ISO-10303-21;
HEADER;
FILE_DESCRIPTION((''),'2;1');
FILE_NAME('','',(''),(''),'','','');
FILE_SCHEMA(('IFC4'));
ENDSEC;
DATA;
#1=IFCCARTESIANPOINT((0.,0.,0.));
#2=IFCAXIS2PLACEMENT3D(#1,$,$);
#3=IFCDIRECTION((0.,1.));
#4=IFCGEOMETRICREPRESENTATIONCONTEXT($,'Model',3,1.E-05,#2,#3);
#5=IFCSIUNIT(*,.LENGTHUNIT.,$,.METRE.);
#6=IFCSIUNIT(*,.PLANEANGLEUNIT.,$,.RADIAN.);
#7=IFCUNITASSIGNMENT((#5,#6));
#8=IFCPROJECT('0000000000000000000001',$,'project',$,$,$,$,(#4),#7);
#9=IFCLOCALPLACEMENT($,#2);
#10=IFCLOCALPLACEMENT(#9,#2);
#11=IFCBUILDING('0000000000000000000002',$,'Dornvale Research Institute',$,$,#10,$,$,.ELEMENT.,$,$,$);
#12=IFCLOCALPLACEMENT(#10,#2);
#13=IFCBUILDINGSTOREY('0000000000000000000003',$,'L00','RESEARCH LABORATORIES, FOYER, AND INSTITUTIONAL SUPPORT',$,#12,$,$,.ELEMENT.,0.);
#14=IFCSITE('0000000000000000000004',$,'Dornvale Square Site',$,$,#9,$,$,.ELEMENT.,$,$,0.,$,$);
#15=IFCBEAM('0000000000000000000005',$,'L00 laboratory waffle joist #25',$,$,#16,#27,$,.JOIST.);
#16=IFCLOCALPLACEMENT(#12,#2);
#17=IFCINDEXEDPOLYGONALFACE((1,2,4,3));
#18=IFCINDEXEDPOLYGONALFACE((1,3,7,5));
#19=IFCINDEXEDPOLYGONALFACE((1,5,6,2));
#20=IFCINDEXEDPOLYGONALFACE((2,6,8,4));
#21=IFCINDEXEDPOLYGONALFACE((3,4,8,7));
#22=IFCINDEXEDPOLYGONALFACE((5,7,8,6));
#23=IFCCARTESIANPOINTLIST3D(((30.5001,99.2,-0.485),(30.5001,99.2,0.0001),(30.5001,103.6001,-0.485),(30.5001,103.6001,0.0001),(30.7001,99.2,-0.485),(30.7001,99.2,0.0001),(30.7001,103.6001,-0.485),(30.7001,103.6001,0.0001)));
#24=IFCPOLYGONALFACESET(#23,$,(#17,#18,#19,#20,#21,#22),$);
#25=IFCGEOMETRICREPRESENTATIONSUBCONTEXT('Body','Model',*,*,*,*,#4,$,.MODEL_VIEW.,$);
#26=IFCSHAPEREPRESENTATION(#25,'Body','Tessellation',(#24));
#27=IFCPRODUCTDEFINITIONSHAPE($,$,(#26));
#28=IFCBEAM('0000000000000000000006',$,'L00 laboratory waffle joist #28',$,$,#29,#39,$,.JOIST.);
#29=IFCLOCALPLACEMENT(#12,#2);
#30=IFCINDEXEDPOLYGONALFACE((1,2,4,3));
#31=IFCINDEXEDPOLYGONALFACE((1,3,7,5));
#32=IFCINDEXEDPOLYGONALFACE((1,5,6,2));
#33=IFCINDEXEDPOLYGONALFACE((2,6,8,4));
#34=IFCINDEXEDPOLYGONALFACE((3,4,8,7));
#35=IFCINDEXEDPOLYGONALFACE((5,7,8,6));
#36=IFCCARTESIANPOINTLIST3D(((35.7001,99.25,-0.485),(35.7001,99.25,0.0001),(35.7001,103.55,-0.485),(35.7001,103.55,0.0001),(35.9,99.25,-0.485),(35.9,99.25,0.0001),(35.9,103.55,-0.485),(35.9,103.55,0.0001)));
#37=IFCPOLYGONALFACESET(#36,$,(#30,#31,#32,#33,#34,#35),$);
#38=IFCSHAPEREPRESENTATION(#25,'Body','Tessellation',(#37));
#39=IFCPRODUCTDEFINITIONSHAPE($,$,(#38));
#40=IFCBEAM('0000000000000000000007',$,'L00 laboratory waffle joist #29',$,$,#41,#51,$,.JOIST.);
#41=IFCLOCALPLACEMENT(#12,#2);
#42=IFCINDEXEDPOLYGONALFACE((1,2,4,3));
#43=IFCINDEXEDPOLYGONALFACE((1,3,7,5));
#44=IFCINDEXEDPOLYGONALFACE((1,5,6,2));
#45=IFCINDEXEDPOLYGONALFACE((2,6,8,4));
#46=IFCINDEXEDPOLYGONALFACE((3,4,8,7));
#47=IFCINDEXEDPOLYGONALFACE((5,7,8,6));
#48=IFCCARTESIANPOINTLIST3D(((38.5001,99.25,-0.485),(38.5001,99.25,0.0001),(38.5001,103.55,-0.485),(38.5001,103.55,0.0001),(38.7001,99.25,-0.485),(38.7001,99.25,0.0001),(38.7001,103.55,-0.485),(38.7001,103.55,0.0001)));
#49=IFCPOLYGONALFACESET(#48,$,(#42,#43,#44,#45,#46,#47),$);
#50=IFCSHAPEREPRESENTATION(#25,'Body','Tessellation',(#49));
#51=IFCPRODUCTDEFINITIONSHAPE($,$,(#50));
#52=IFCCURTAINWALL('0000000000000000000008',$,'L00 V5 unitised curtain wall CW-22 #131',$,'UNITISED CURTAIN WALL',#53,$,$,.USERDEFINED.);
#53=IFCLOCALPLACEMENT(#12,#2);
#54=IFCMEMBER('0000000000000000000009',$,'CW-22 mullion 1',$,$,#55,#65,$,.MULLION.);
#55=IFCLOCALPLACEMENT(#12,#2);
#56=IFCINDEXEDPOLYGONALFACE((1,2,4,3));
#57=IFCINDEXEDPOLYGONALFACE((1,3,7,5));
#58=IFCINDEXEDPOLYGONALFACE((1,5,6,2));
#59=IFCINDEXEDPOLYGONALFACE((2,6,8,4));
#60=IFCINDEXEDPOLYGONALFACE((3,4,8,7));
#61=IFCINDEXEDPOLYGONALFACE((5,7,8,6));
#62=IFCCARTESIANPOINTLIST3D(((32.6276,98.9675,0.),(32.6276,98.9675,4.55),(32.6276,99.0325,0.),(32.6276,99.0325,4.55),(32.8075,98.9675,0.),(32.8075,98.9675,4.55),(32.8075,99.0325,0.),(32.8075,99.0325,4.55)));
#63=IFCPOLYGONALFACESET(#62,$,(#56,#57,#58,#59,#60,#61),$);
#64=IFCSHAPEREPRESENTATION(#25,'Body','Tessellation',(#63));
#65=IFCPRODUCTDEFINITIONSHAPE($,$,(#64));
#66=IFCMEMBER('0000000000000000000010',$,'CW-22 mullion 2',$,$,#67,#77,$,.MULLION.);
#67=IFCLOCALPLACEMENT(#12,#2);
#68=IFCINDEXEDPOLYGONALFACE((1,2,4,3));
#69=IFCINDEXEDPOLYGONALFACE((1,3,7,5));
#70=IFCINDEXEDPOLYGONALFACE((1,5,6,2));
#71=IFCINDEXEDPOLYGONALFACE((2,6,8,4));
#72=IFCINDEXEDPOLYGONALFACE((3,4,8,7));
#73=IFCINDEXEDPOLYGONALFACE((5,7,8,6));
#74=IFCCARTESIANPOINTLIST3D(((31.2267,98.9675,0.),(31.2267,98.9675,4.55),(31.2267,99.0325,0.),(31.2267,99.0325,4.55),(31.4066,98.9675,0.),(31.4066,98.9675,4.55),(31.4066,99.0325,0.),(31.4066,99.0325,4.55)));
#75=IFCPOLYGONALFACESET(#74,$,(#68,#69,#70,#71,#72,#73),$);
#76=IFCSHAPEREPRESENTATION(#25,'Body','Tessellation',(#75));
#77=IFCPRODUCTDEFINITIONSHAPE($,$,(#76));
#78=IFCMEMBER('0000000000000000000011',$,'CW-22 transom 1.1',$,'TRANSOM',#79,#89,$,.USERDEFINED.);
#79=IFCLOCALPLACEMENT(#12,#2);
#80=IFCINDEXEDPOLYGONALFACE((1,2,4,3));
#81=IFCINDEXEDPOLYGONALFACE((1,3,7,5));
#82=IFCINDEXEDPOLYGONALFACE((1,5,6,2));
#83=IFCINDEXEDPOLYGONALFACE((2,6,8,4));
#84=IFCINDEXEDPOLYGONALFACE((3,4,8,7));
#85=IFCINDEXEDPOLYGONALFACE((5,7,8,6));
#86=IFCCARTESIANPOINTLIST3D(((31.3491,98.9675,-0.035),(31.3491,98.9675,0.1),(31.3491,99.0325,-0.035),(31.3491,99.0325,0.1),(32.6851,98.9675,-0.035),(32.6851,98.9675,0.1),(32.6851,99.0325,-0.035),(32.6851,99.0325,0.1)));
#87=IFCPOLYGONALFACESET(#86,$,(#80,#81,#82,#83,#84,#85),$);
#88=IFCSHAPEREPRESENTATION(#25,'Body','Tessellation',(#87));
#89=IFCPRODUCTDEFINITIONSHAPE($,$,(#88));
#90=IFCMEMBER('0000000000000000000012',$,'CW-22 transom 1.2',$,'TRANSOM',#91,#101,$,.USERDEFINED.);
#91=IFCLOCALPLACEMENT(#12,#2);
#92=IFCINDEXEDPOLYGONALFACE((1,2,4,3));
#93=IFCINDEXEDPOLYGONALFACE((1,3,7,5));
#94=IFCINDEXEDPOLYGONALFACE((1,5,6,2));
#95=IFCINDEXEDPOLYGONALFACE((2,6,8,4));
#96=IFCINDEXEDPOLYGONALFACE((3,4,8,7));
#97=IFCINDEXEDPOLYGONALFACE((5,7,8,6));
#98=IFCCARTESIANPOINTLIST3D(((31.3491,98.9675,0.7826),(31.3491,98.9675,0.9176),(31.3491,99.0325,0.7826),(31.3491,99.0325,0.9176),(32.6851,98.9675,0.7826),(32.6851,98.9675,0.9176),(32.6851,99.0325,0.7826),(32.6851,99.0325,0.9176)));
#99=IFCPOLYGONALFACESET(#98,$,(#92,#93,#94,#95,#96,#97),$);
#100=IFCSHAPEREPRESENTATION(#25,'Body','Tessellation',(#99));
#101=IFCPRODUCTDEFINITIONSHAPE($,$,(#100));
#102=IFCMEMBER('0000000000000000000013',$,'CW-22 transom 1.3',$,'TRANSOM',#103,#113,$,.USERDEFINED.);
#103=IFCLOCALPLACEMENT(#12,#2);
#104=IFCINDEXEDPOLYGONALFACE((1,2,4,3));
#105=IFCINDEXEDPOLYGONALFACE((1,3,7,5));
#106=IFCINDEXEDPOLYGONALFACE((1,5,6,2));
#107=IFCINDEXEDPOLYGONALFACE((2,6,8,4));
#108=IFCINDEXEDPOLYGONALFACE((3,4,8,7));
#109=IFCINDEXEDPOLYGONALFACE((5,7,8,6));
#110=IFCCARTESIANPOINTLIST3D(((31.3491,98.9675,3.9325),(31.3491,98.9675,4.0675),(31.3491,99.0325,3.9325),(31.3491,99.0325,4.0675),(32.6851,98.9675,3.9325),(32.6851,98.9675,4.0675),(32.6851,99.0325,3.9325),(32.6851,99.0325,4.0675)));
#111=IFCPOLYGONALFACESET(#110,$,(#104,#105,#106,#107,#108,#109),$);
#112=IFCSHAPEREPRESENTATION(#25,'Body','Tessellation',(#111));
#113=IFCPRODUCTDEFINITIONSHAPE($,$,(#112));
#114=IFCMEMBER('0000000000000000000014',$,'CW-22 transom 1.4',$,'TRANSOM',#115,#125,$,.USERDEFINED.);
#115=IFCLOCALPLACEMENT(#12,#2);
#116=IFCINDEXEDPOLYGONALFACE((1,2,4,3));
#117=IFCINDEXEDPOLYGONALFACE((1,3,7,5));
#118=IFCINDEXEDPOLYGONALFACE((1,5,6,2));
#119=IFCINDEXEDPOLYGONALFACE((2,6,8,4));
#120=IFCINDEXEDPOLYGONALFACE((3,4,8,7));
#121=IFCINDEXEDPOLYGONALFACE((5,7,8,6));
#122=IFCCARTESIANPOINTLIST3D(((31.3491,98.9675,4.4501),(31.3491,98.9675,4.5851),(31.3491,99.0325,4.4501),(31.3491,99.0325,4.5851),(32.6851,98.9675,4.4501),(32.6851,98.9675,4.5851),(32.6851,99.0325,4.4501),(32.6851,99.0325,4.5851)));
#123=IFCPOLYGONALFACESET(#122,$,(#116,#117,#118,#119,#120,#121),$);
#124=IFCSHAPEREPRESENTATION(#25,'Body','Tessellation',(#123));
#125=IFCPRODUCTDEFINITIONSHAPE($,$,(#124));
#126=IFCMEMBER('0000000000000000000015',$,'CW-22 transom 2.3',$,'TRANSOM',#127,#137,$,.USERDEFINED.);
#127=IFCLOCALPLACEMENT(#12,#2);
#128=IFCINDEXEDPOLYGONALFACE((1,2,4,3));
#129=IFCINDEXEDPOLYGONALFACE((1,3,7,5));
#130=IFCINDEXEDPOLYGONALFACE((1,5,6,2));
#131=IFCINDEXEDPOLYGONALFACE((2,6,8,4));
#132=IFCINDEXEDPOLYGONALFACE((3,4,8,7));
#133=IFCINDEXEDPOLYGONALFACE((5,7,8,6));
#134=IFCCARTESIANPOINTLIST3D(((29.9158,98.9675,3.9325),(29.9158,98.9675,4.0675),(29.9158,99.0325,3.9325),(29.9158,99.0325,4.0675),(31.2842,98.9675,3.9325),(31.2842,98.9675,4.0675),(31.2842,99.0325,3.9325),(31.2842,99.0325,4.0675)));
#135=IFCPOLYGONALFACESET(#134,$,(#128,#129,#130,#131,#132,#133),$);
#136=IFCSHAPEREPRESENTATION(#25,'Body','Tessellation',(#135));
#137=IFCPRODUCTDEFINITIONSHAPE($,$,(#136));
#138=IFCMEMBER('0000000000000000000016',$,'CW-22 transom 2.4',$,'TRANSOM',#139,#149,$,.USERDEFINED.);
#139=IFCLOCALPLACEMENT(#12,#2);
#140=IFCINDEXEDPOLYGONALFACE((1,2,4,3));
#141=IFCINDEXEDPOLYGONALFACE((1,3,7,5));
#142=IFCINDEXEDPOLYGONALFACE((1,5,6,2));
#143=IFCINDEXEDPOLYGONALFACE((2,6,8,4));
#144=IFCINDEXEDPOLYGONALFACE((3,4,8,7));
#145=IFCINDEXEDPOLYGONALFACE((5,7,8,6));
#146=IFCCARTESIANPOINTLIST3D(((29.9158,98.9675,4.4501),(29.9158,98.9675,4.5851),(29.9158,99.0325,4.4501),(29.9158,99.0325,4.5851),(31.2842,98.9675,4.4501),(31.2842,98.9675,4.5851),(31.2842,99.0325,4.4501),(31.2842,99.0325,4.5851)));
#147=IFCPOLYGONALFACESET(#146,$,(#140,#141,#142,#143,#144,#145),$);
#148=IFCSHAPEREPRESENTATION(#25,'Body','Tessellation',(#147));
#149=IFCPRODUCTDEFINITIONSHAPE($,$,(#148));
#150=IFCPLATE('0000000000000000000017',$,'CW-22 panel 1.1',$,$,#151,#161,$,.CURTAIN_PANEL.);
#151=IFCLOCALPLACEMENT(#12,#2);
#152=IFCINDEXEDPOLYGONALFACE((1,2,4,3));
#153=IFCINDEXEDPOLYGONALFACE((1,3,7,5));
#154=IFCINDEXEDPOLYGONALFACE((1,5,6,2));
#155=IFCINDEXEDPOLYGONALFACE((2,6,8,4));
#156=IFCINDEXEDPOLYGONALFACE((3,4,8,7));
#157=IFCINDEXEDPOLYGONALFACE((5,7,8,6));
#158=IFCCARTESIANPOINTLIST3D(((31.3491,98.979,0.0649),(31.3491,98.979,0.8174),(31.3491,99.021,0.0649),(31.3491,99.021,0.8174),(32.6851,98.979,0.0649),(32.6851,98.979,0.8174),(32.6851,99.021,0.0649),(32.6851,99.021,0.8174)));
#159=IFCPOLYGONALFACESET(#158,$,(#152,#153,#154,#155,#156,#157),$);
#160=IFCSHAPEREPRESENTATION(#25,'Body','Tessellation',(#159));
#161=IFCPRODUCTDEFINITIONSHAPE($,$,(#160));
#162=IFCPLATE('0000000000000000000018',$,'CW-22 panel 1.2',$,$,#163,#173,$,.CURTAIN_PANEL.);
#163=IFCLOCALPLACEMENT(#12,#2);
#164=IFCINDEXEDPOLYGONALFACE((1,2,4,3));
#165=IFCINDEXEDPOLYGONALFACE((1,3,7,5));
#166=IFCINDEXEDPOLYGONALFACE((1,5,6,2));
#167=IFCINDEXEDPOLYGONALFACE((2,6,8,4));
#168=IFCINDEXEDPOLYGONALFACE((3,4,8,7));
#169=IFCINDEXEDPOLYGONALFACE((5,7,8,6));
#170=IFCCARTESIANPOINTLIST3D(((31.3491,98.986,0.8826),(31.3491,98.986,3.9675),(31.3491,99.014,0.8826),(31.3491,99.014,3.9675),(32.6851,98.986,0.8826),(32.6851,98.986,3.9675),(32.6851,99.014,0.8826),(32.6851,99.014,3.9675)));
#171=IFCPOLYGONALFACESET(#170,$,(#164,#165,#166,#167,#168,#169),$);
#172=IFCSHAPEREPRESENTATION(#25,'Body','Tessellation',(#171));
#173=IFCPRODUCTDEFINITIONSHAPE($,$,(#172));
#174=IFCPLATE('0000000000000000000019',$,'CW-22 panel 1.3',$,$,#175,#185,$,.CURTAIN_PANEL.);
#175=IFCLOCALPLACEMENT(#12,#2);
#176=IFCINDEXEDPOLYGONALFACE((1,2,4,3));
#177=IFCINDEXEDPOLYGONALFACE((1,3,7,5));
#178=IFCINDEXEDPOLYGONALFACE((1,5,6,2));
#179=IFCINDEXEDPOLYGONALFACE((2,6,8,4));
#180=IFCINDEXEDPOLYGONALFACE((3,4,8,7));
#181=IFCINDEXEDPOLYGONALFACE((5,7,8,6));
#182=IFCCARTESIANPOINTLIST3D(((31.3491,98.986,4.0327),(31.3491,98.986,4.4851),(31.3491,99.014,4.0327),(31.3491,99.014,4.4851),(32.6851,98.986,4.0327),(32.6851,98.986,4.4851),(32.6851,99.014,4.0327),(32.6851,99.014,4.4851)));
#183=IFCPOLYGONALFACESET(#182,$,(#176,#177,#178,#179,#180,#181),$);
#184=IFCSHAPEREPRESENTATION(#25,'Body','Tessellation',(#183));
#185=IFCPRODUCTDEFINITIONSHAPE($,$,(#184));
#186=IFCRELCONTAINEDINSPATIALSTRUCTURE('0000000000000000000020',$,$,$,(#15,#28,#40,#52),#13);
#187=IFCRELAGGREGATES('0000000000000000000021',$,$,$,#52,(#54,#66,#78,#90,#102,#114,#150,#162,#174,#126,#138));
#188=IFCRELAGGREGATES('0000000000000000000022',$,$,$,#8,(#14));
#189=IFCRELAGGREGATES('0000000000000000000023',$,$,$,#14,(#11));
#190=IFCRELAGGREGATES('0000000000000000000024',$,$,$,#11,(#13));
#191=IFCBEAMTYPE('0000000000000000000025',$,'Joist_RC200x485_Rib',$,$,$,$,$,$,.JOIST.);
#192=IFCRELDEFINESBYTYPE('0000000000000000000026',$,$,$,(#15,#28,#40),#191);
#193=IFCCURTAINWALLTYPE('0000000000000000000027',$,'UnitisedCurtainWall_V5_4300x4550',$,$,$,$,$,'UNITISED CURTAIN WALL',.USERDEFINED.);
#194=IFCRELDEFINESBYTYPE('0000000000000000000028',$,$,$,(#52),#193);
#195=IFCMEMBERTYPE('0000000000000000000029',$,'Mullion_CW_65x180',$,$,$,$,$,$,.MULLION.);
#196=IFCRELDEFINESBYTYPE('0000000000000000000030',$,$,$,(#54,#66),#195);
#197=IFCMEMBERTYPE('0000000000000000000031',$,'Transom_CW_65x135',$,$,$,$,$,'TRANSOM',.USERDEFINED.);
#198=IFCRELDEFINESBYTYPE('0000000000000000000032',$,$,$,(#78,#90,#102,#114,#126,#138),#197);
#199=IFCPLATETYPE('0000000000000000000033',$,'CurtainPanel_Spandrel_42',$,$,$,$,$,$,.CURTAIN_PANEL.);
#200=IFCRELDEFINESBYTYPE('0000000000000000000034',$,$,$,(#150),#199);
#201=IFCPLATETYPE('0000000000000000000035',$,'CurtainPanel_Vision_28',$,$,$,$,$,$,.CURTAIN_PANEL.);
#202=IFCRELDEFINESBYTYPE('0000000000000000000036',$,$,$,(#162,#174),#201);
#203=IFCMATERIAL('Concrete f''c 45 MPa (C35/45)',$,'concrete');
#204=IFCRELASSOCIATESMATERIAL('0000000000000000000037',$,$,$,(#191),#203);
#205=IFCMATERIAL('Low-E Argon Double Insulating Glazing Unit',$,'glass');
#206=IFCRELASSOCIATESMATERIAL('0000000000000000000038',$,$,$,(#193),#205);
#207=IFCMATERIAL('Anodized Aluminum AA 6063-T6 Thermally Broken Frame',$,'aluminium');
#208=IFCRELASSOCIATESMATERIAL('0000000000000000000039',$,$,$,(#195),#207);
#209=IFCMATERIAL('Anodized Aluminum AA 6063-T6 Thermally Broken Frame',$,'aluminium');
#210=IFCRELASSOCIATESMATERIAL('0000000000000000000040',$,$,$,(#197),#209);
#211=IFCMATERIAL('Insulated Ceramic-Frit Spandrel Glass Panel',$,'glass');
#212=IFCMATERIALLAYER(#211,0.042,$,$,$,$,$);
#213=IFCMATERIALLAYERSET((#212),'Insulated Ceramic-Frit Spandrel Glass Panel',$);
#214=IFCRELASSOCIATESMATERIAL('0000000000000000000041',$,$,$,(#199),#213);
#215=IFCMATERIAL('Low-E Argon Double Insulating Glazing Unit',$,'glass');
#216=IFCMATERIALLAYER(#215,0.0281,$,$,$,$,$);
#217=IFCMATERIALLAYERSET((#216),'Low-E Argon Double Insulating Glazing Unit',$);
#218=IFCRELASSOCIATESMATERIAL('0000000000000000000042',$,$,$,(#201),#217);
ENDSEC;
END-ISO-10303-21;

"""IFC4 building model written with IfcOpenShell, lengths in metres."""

from ifc_helpers import new_model, si_unit, direction, frame, origin, origin_2d, place, context, subcontext, project, spatial, rectangle, extrude, material, layer, layer_set, material_profile, profile_set, type_object, element, aggregate, save


model = new_model("IFC4")

# Units and contexts
model_context = context("Model", 3, precision=1e-05, world=origin(), true_north=direction((0.0, 1.0)))
body_context = subcontext(model_context, "Body", "Model", "MODEL_VIEW")
ifc_project = project(units=[si_unit("LENGTHUNIT", "METRE"), si_unit("PLANEANGLEUNIT", "RADIAN")], contexts=[model_context])

# Site, building, storey
site_placement = place(None, origin())
site = spatial("IfcSite", under=ifc_project, at=site_placement, Name="Dornvale Square Site", CompositionType="ELEMENT", RefElevation=0.0)
building_placement = place(site_placement, origin())
building = spatial("IfcBuilding", under=site, at=building_placement, Name="Dornvale Research Institute", CompositionType="ELEMENT")
storey_placement = place(building_placement, origin())
storey = spatial("IfcBuildingStorey", under=building, at=storey_placement, Name="L00", Description="RESEARCH LABORATORIES, FOYER, AND INSTITUTIONAL SUPPORT", CompositionType="ELEMENT", Elevation=0.0)

# Beams
ifc_material_1 = material(Name="Concrete f'c 45 MPa (C35/45)", Category="concrete")
ifc_material_profile_1 = material_profile(ifc_material_1, rectangle(XDim=0.2, YDim=0.4851, at=origin_2d()), Name="RC 200x485")
ifc_profile_set_1 = profile_set([ifc_material_profile_1], Name="Concrete f'c 45 MPa (C35/45)")
beam_type_1 = type_object("IfcBeamType", Name="Joist_RC200x485_Rib", PredefinedType="JOIST", material=ifc_profile_set_1)
beam_1_placement = place(storey_placement, frame((30.6001, 99.2, -0.2424), z_axis=(0.0, 1.0, 0.0), x_axis=(-1.0, 0.0, 0.0)))
element("IfcBeam", 1, at=beam_1_placement, inside=storey, type_object=beam_type_1, Name="L00 laboratory waffle joist #25", PredefinedType="JOIST", context=body_context, shape_type="SweptSolid", body=[
    extrude(rectangle(XDim=0.2, YDim=0.4851, at=origin_2d()), origin(), (0.0, 0.0, 1.0), 4.4001),
])
for number, where, z_axis, x_axis, name in (
    (2, (35.8, 99.25, -0.2424), (0.0, 1.0, 0.0), (-1.0, 0.0, 0.0), "L00 laboratory waffle joist #28"),
    (3, (38.6001, 99.25, -0.2424), (0.0, 1.0, 0.0), (-1.0, 0.0, 0.0), "L00 laboratory waffle joist #29"),
):
    element("IfcBeam", number, at=place(storey_placement, frame(where, z_axis=z_axis, x_axis=x_axis)), inside=storey, type_object=beam_type_1, Name=name, PredefinedType="JOIST", context=body_context, shape_type="SweptSolid", body=[
        extrude(rectangle(XDim=0.2, YDim=0.4851, at=origin_2d()), origin(), (0.0, 0.0, 1.0), 4.3),
    ])

# Curtain wall, members, plates
ifc_material_2 = material(Name="Low-E Argon Double Insulating Glazing Unit", Category="glass")
curtain_wall_type = type_object("IfcCurtainWallType", Name="UnitisedCurtainWall_V5_4300x4550", ElementType="UNITISED CURTAIN WALL", PredefinedType="USERDEFINED", material=ifc_material_2)
curtain_wall_placement = place(storey_placement, origin())
curtain_wall = element("IfcCurtainWall", 4, at=curtain_wall_placement, inside=storey, type_object=curtain_wall_type, Name="L00 V5 unitised curtain wall CW-22 #131", ObjectType="UNITISED CURTAIN WALL", PredefinedType="USERDEFINED")
ifc_material_3 = material(Name="Anodized Aluminum AA 6063-T6 Thermally Broken Frame", Category="aluminium")
ifc_material_profile_2 = material_profile(ifc_material_3, rectangle(XDim=0.0649, YDim=0.1799, at=origin_2d()), Name="ALU MULLION 65x180")
ifc_profile_set_2 = profile_set([ifc_material_profile_2], Name="Anodized Aluminum AA 6063-T6 Thermally Broken Frame")
member_type_1 = type_object("IfcMemberType", Name="Mullion_CW_65x180", PredefinedType="MULLION", material=ifc_profile_set_2)
member_1_placement = place(storey_placement, frame((32.7175, 99.0, 0.0), z_axis=(0.0, 0.0, 1.0), x_axis=(0.0, -1.0, 0.0)))
member_1 = element("IfcMember", 5, at=member_1_placement, type_object=member_type_1, Name="CW-22 mullion 1", PredefinedType="MULLION", context=body_context, shape_type="SweptSolid", body=[
    extrude(rectangle(XDim=0.0649, YDim=0.1799, at=origin_2d()), origin(), (0.0, 0.0, 1.0), 4.55),
])
member_2_placement = place(storey_placement, frame((31.3167, 99.0, 0.0), z_axis=(0.0, 0.0, 1.0), x_axis=(0.0, -1.0, 0.0)))
member_2 = element("IfcMember", 6, at=member_2_placement, type_object=member_type_1, Name="CW-22 mullion 2", PredefinedType="MULLION", context=body_context, shape_type="SweptSolid", body=[
    extrude(rectangle(XDim=0.0649, YDim=0.1799, at=origin_2d()), origin(), (0.0, 0.0, 1.0), 4.55),
])
ifc_material_4 = material(Name="Anodized Aluminum AA 6063-T6 Thermally Broken Frame", Category="aluminium")
ifc_material_profile_3 = material_profile(ifc_material_4, rectangle(XDim=0.0649, YDim=0.135, at=origin_2d()), Name="ALU TRANSOM 65x135")
ifc_profile_set_3 = profile_set([ifc_material_profile_3], Name="Anodized Aluminum AA 6063-T6 Thermally Broken Frame")
member_type_2 = type_object("IfcMemberType", Name="Transom_CW_65x135", ElementType="TRANSOM", PredefinedType="USERDEFINED", material=ifc_profile_set_3)
member_3_placement = place(storey_placement, frame((32.6851, 99.0, 0.0325), z_axis=(-1.0, 0.0, 0.0), x_axis=(0.0, -1.0, 0.0)))
member_3 = element("IfcMember", 7, at=member_3_placement, type_object=member_type_2, Name="CW-22 transom 1.1", ObjectType="TRANSOM", PredefinedType="USERDEFINED", context=body_context, shape_type="SweptSolid", body=[
    extrude(rectangle(XDim=0.0649, YDim=0.135, at=origin_2d()), origin(), (0.0, 0.0, 1.0), 1.3359),
])
member_4_placement = place(storey_placement, frame((32.6851, 99.0, 0.8501), z_axis=(-1.0, 0.0, 0.0), x_axis=(0.0, -1.0, 0.0)))
member_4 = element("IfcMember", 8, at=member_4_placement, type_object=member_type_2, Name="CW-22 transom 1.2", ObjectType="TRANSOM", PredefinedType="USERDEFINED", context=body_context, shape_type="SweptSolid", body=[
    extrude(rectangle(XDim=0.0649, YDim=0.135, at=origin_2d()), origin(), (0.0, 0.0, 1.0), 1.3359),
])
member_5_placement = place(storey_placement, frame((32.6851, 99.0, 4.0), z_axis=(-1.0, 0.0, 0.0), x_axis=(0.0, -1.0, 0.0)))
member_5 = element("IfcMember", 9, at=member_5_placement, type_object=member_type_2, Name="CW-22 transom 1.3", ObjectType="TRANSOM", PredefinedType="USERDEFINED", context=body_context, shape_type="SweptSolid", body=[
    extrude(rectangle(XDim=0.0649, YDim=0.135, at=origin_2d()), origin(), (0.0, 0.0, 1.0), 1.3359),
])
member_6_placement = place(storey_placement, frame((32.6851, 99.0, 4.5176), z_axis=(-1.0, 0.0, 0.0), x_axis=(0.0, -1.0, 0.0)))
member_6 = element("IfcMember", 10, at=member_6_placement, type_object=member_type_2, Name="CW-22 transom 1.4", ObjectType="TRANSOM", PredefinedType="USERDEFINED", context=body_context, shape_type="SweptSolid", body=[
    extrude(rectangle(XDim=0.0649, YDim=0.135, at=origin_2d()), origin(), (0.0, 0.0, 1.0), 1.3359),
])
member_7_placement = place(storey_placement, frame((31.2842, 99.0, 4.0), z_axis=(-1.0, 0.0, 0.0), x_axis=(0.0, -1.0, 0.0)))
member_7 = element("IfcMember", 11, at=member_7_placement, type_object=member_type_2, Name="CW-22 transom 2.3", ObjectType="TRANSOM", PredefinedType="USERDEFINED", context=body_context, shape_type="SweptSolid", body=[
    extrude(rectangle(XDim=0.0649, YDim=0.135, at=origin_2d()), origin(), (0.0, 0.0, 1.0), 1.3684),
])
member_8_placement = place(storey_placement, frame((31.2842, 99.0, 4.5176), z_axis=(-1.0, 0.0, 0.0), x_axis=(0.0, -1.0, 0.0)))
member_8 = element("IfcMember", 12, at=member_8_placement, type_object=member_type_2, Name="CW-22 transom 2.4", ObjectType="TRANSOM", PredefinedType="USERDEFINED", context=body_context, shape_type="SweptSolid", body=[
    extrude(rectangle(XDim=0.0649, YDim=0.135, at=origin_2d()), origin(), (0.0, 0.0, 1.0), 1.3684),
])
ifc_material_5 = material(Name="Insulated Ceramic-Frit Spandrel Glass Panel", Category="glass")
ifc_layer_1 = layer(ifc_material_5, 0.042)
ifc_layer_set_1 = layer_set([ifc_layer_1], Name="Insulated Ceramic-Frit Spandrel Glass Panel")
plate_type_1 = type_object("IfcPlateType", Name="CurtainPanel_Spandrel_42", PredefinedType="CURTAIN_PANEL", material=ifc_layer_set_1)
plate_1_placement = place(storey_placement, frame((32.0171, 99.0, 0.0649), z_axis=(0.0, 0.0, 1.0), x_axis=(-1.0, 0.0, 0.0)))
plate_1 = element("IfcPlate", 13, at=plate_1_placement, type_object=plate_type_1, Name="CW-22 panel 1.1", PredefinedType="CURTAIN_PANEL", context=body_context, shape_type="SweptSolid", body=[
    extrude(rectangle(XDim=1.3359, YDim=0.042, at=origin_2d()), origin(), (0.0, 0.0, 1.0), 0.7524),
])
ifc_material_6 = material(Name="Low-E Argon Double Insulating Glazing Unit", Category="glass")
ifc_layer_2 = layer(ifc_material_6, 0.0281)
ifc_layer_set_2 = layer_set([ifc_layer_2], Name="Low-E Argon Double Insulating Glazing Unit")
plate_type_2 = type_object("IfcPlateType", Name="CurtainPanel_Vision_28", PredefinedType="CURTAIN_PANEL", material=ifc_layer_set_2)
plate_2_placement = place(storey_placement, frame((32.0171, 99.0, 0.8826), z_axis=(0.0, 0.0, 1.0), x_axis=(-1.0, 0.0, 0.0)))
plate_2 = element("IfcPlate", 14, at=plate_2_placement, type_object=plate_type_2, Name="CW-22 panel 1.2", PredefinedType="CURTAIN_PANEL", context=body_context, shape_type="SweptSolid", body=[
    extrude(rectangle(XDim=1.3359, YDim=0.0281, at=origin_2d()), origin(), (0.0, 0.0, 1.0), 3.085),
])
plate_3_placement = place(storey_placement, frame((32.0171, 99.0, 4.0327), z_axis=(0.0, 0.0, 1.0), x_axis=(-1.0, 0.0, 0.0)))
plate_3 = element("IfcPlate", 15, at=plate_3_placement, type_object=plate_type_2, Name="CW-22 panel 1.3", PredefinedType="CURTAIN_PANEL", context=body_context, shape_type="SweptSolid", body=[
    extrude(rectangle(XDim=1.3359, YDim=0.0281, at=origin_2d()), origin(), (0.0, 0.0, 1.0), 0.4524),
])
aggregate(curtain_wall, [member_1, member_2, member_3, member_4, member_5, member_6, plate_1, plate_2, plate_3, member_7, member_8])

save(model, "model.ifc")
